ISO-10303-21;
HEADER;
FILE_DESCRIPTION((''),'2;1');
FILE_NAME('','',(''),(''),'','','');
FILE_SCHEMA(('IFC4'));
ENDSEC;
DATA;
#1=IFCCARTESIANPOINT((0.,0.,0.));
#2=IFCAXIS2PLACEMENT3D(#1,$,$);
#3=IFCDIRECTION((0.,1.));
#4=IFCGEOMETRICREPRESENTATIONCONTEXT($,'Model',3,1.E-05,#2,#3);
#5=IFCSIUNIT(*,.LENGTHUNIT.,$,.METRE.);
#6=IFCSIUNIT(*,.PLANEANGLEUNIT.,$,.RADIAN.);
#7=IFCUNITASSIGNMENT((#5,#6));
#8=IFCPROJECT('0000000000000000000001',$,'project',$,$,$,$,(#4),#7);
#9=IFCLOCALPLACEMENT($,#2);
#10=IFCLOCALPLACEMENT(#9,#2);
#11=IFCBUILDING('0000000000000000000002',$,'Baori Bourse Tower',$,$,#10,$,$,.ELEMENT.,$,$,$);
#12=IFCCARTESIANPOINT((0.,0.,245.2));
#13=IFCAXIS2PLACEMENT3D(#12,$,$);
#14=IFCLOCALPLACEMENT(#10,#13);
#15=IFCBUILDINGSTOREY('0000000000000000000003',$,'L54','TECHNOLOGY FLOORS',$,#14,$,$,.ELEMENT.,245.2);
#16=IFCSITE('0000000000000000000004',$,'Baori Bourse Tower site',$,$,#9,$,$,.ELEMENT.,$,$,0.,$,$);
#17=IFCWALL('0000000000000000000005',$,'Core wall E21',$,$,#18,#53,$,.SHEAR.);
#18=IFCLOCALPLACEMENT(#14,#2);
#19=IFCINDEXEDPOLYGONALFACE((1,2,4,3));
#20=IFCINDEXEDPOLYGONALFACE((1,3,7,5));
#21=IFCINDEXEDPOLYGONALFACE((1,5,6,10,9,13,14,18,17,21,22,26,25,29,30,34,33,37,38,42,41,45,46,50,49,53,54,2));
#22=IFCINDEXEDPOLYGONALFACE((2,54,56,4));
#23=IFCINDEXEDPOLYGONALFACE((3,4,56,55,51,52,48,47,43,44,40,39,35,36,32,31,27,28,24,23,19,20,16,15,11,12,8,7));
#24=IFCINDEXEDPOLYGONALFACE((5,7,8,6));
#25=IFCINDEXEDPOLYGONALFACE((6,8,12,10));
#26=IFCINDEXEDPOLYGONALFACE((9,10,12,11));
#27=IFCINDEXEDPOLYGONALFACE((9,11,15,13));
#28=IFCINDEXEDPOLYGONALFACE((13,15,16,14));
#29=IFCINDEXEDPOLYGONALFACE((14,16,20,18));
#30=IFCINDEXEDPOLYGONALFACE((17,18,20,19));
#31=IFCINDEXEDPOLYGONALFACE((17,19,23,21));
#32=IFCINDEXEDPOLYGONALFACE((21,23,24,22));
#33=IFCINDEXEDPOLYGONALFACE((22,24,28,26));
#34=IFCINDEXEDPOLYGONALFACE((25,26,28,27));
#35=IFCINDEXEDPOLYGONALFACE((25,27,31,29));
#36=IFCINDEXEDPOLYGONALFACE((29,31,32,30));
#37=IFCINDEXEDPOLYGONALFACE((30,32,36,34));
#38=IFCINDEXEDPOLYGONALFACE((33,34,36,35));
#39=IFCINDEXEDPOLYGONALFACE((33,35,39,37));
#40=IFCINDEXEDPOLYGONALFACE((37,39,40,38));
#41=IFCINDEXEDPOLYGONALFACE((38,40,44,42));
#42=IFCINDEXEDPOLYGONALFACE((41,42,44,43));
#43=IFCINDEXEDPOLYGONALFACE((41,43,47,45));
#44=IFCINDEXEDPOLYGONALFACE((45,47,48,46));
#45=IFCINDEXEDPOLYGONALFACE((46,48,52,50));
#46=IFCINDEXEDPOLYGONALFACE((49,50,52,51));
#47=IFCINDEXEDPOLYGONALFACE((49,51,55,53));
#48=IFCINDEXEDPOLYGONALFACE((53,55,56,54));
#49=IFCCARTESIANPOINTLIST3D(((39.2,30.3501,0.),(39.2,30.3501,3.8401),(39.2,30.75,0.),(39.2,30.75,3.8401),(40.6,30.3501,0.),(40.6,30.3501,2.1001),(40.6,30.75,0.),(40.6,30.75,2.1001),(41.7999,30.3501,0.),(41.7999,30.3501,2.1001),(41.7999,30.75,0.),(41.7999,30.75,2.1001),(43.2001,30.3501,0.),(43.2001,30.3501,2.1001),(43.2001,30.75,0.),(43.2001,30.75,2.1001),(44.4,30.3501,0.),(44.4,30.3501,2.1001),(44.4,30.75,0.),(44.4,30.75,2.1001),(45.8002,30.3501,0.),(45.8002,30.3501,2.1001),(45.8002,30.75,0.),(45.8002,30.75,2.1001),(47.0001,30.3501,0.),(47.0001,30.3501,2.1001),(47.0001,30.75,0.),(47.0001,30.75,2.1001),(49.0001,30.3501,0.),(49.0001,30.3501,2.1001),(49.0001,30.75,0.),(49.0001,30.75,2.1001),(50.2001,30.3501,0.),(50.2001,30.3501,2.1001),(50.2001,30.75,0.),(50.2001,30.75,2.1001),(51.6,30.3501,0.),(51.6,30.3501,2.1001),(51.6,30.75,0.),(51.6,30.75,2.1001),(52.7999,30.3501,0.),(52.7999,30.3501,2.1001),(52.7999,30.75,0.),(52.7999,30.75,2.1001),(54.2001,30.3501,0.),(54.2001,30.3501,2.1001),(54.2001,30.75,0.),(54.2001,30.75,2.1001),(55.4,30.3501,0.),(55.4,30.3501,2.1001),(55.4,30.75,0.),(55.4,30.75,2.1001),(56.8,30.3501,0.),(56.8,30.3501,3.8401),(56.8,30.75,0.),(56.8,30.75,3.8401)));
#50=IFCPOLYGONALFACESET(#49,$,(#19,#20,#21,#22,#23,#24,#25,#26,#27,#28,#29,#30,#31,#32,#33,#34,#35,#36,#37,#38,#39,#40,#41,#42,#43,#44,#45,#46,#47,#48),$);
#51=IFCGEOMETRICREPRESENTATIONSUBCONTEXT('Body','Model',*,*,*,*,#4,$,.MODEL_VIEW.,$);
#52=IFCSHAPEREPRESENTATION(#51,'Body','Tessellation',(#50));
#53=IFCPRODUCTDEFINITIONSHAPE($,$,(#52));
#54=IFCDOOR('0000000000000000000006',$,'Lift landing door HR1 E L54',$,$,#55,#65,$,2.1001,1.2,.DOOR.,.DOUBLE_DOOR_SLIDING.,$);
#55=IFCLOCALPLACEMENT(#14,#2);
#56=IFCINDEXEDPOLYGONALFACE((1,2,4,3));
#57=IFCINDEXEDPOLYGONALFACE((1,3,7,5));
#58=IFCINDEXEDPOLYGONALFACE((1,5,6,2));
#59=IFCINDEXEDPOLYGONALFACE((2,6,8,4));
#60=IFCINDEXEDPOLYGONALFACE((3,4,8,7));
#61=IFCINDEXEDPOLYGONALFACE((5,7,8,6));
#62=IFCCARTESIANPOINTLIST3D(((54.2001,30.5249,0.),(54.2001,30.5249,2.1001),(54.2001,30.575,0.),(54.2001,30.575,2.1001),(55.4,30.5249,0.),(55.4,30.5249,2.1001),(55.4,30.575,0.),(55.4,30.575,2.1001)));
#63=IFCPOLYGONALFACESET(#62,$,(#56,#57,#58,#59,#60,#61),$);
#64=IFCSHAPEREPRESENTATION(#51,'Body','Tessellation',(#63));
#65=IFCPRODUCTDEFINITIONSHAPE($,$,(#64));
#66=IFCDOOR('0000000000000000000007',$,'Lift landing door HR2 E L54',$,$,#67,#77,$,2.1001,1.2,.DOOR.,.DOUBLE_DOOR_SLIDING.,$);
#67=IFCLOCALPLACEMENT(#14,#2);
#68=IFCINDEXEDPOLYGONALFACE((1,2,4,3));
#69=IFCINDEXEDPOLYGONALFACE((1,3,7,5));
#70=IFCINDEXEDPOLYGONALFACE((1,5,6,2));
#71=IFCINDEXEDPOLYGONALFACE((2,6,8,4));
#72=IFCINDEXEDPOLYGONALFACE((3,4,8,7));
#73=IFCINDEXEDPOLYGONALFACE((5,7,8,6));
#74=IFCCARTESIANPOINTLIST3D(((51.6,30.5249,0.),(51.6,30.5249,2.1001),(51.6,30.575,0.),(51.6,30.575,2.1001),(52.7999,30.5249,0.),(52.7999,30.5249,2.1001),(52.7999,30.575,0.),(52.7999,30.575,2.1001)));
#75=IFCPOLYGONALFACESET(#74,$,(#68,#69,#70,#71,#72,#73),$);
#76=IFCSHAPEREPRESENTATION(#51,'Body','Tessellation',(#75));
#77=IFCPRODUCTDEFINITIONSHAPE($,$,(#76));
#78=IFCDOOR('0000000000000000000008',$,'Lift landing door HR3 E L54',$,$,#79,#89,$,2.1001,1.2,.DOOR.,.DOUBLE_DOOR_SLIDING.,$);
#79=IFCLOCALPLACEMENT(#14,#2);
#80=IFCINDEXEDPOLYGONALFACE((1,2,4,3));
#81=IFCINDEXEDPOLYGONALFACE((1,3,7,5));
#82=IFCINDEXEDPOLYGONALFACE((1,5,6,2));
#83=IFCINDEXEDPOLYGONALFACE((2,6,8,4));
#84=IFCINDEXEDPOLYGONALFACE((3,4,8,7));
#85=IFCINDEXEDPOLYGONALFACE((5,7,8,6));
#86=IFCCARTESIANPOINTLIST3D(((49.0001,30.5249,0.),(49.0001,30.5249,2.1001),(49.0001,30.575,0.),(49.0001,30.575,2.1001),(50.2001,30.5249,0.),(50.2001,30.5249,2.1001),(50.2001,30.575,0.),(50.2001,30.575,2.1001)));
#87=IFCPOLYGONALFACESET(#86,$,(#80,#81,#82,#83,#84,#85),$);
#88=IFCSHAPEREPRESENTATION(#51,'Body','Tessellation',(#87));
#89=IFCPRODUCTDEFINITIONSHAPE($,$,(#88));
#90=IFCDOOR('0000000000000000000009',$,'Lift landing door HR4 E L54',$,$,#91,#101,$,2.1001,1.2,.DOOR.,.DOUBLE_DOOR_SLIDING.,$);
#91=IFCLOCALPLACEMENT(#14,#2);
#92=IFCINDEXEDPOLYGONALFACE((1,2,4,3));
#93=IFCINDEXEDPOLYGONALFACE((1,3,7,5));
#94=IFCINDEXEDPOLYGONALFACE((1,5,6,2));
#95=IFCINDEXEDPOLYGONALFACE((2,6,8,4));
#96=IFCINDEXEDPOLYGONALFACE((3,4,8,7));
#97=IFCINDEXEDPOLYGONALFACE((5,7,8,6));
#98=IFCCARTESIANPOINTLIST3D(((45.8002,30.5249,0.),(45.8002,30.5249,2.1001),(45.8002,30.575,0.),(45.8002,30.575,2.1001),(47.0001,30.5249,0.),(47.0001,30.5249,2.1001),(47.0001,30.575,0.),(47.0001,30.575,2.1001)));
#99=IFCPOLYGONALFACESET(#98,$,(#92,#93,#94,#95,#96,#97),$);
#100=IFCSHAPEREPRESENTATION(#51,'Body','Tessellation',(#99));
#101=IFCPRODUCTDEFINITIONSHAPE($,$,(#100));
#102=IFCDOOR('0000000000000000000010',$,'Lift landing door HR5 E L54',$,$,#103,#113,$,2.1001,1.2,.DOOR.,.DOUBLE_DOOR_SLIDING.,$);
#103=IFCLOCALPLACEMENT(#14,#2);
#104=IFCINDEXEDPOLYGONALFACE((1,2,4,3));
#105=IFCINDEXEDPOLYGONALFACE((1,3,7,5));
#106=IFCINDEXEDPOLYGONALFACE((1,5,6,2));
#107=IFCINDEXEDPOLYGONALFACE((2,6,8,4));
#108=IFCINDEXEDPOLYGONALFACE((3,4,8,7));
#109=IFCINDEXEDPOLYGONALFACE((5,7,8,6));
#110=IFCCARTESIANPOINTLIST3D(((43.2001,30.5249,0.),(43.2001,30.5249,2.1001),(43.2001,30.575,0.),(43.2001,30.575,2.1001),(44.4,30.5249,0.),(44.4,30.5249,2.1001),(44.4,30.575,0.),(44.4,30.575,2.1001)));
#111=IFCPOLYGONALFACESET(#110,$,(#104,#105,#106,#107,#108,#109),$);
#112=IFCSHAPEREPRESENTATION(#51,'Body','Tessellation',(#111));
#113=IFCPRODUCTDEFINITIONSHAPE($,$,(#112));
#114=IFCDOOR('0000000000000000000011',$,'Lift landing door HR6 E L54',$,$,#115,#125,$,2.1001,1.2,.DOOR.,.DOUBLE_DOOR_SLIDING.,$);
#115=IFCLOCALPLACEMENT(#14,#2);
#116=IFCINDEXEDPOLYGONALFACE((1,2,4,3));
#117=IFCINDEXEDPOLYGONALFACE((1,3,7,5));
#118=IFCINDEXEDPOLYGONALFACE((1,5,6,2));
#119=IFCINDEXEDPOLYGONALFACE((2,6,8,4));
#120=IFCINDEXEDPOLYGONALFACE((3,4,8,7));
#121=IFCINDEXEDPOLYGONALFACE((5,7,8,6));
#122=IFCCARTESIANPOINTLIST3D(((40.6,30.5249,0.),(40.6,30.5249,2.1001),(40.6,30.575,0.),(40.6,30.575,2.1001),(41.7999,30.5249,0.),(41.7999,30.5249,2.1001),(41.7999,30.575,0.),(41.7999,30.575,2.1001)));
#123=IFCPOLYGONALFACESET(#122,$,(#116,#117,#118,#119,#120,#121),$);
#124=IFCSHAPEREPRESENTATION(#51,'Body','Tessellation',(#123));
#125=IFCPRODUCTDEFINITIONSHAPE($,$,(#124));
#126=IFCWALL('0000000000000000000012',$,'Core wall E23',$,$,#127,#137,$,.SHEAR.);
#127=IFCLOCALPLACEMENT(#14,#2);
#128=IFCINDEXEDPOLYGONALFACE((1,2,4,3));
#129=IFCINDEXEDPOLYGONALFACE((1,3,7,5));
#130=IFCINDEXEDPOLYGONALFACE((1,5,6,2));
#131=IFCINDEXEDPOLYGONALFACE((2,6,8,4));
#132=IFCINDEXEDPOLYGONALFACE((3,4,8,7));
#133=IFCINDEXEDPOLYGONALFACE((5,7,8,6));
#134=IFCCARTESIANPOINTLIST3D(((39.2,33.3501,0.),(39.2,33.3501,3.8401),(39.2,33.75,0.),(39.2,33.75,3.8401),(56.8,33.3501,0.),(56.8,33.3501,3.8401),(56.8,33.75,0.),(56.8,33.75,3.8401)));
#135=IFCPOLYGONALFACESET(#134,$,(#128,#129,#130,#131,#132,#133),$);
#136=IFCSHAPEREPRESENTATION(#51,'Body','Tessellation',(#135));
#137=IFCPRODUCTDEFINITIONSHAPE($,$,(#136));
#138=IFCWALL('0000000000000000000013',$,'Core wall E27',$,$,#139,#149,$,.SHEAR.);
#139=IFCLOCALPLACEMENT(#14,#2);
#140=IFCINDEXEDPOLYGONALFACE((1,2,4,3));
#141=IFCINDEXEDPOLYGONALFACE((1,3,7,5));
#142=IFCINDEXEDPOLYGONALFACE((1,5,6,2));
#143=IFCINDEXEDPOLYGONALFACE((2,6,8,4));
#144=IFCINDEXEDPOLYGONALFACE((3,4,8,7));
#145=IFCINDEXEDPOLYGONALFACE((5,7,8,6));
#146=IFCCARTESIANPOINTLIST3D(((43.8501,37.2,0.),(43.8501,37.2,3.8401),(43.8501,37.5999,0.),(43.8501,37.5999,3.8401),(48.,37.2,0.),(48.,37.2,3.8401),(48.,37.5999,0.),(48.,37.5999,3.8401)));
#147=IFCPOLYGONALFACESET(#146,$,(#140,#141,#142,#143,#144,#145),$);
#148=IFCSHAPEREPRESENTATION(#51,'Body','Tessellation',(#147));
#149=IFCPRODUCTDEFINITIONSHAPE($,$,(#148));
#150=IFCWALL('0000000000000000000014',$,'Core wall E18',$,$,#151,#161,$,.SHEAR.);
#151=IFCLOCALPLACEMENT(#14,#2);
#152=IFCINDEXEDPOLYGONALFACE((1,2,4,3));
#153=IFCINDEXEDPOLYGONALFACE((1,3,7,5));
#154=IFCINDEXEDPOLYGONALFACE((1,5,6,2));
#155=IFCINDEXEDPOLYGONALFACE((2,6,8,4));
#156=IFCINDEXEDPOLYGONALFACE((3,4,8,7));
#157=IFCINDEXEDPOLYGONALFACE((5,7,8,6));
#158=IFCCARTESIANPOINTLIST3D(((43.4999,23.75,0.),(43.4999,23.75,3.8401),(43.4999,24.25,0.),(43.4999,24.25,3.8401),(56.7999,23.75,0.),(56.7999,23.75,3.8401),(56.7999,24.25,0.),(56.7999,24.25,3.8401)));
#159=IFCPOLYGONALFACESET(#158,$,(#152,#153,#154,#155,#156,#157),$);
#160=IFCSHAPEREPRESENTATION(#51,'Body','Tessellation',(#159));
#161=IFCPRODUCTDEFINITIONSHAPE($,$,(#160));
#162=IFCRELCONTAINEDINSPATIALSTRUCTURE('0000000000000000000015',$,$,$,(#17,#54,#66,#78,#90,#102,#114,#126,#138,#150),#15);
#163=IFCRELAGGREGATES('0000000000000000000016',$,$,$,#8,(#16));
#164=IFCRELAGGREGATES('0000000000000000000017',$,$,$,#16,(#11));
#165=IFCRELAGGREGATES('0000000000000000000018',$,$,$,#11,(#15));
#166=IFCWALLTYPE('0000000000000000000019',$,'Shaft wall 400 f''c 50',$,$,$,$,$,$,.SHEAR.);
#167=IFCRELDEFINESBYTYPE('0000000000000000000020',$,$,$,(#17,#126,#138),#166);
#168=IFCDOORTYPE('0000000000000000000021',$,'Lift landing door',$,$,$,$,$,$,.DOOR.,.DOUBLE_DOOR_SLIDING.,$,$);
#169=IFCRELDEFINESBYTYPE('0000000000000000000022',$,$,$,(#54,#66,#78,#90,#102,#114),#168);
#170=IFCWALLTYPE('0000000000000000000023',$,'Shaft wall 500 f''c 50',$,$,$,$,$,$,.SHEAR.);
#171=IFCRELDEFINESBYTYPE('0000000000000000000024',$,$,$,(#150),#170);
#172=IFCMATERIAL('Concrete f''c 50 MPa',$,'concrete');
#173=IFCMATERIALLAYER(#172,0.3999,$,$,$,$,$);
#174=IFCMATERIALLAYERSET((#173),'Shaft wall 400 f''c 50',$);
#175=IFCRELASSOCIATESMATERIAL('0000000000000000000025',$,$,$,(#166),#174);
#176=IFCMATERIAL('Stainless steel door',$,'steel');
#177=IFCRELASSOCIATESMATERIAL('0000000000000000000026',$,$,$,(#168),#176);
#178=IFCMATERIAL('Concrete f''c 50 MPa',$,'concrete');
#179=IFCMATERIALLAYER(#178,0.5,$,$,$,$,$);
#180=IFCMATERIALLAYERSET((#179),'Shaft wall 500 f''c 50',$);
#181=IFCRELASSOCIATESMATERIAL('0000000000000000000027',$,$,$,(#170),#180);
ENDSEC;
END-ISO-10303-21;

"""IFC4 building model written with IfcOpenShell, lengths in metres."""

from ifc_helpers import new_model, si_unit, direction, frame, frame_2d, origin, place, context, subcontext, project, spatial, rectangle, extrude, material, layer, layer_set, type_object, element, fill, save


model = new_model("IFC4")

# Units and contexts
model_context = context("Model", 3, precision=1e-05, world=origin(), true_north=direction((0.0, 1.0)))
body_context = subcontext(model_context, "Body", "Model", "MODEL_VIEW")
ifc_project = project(units=[si_unit("LENGTHUNIT", "METRE"), si_unit("PLANEANGLEUNIT", "RADIAN")], contexts=[model_context])

# Site, building, storey
site_placement = place(None, origin())
site = spatial("IfcSite", under=ifc_project, at=site_placement, Name="Baori Bourse Tower site", CompositionType="ELEMENT", RefElevation=0.0)
building_placement = place(site_placement, origin())
building = spatial("IfcBuilding", under=site, at=building_placement, Name="Baori Bourse Tower", CompositionType="ELEMENT")
storey_placement = place(building_placement, frame((0.0, 0.0, 245.2)))
storey = spatial("IfcBuildingStorey", under=building, at=storey_placement, Name="L54", Description="TECHNOLOGY FLOORS", CompositionType="ELEMENT", Elevation=245.2)

# Wall, openings, doors
ifc_material_1 = material(Name="Concrete f'c 50 MPa", Category="concrete")
ifc_layer_1 = layer(ifc_material_1, 0.3999)
ifc_layer_set_1 = layer_set([ifc_layer_1], Name="Shaft wall 400 f'c 50")
wall_type_1 = type_object("IfcWallType", Name="Shaft wall 400 f'c 50", PredefinedType="SHEAR", material=ifc_layer_set_1)
ifc_material_2 = material(Name="Stainless steel door", Category="steel")
door_type_1 = type_object("IfcDoorType", Name="Lift landing door", OperationType="DOUBLE_DOOR_SLIDING", PredefinedType="DOOR", material=ifc_material_2)
wall_1_placement = place(storey_placement, frame((39.2, 30.55, 0.0), z_axis=(0.0, 0.0, 1.0), x_axis=(1.0, 0.0, 0.0)))
wall_1 = element("IfcWall", 1, at=wall_1_placement, inside=storey, type_object=wall_type_1, Name="Core wall E21", PredefinedType="SHEAR", context=body_context, shape_type="SweptSolid", body=[
    extrude(rectangle(XDim=17.6001, YDim=0.3999, at=frame_2d((8.8, 0.0))), origin(), (0.0, 0.0, 1.0), 3.8401),
])
opening_1_placement = place(wall_1_placement, frame((15.0, 0.0, 0.0)))
opening_1 = element("IfcOpeningElement", 2, at=opening_1_placement, cuts=wall_1, PredefinedType="OPENING", context=body_context, shape_type="SweptSolid", body=[
    extrude(rectangle(XDim=1.2, YDim=2.1001, at=frame_2d((0.6001, 1.05))), frame((0.0, 0.21, 0.0), z_axis=(0.0, -1.0, 0.0), x_axis=(1.0, 0.0, 0.0)), (0.0, 0.0, 1.0), 0.4199),
])
opening_2_placement = place(wall_1_placement, frame((12.3999, 0.0, 0.0)))
opening_2 = element("IfcOpeningElement", 3, at=opening_2_placement, cuts=wall_1, PredefinedType="OPENING", context=body_context, shape_type="SweptSolid", body=[
    extrude(rectangle(XDim=1.2, YDim=2.1001, at=frame_2d((0.6001, 1.05))), frame((0.0, 0.21, 0.0), z_axis=(0.0, -1.0, 0.0), x_axis=(1.0, 0.0, 0.0)), (0.0, 0.0, 1.0), 0.4199),
])
opening_3_placement = place(wall_1_placement, frame((9.8, 0.0, 0.0)))
opening_3 = element("IfcOpeningElement", 4, at=opening_3_placement, cuts=wall_1, PredefinedType="OPENING", context=body_context, shape_type="SweptSolid", body=[
    extrude(rectangle(XDim=1.2, YDim=2.1001, at=frame_2d((0.6001, 1.05))), frame((0.0, 0.21, 0.0), z_axis=(0.0, -1.0, 0.0), x_axis=(1.0, 0.0, 0.0)), (0.0, 0.0, 1.0), 0.4199),
])
opening_4_placement = place(wall_1_placement, frame((6.6001, 0.0, 0.0)))
opening_4 = element("IfcOpeningElement", 5, at=opening_4_placement, cuts=wall_1, PredefinedType="OPENING", context=body_context, shape_type="SweptSolid", body=[
    extrude(rectangle(XDim=1.2, YDim=2.1001, at=frame_2d((0.6001, 1.05))), frame((0.0, 0.21, 0.0), z_axis=(0.0, -1.0, 0.0), x_axis=(1.0, 0.0, 0.0)), (0.0, 0.0, 1.0), 0.4199),
])
opening_5_placement = place(wall_1_placement, frame((4.0, 0.0, 0.0)))
opening_5 = element("IfcOpeningElement", 6, at=opening_5_placement, cuts=wall_1, PredefinedType="OPENING", context=body_context, shape_type="SweptSolid", body=[
    extrude(rectangle(XDim=1.2, YDim=2.1001, at=frame_2d((0.6001, 1.05))), frame((0.0, 0.21, 0.0), z_axis=(0.0, -1.0, 0.0), x_axis=(1.0, 0.0, 0.0)), (0.0, 0.0, 1.0), 0.4199),
])
opening_6_placement = place(wall_1_placement, frame((1.3999, 0.0, 0.0)))
opening_6 = element("IfcOpeningElement", 7, at=opening_6_placement, cuts=wall_1, PredefinedType="OPENING", context=body_context, shape_type="SweptSolid", body=[
    extrude(rectangle(XDim=1.2, YDim=2.1001, at=frame_2d((0.6001, 1.05))), frame((0.0, 0.21, 0.0), z_axis=(0.0, -1.0, 0.0), x_axis=(1.0, 0.0, 0.0)), (0.0, 0.0, 1.0), 0.4199),
])
door_1_placement = place(opening_1_placement, origin())
door_1 = element("IfcDoor", 8, at=door_1_placement, inside=storey, type_object=door_type_1, Name="Lift landing door HR1 E L54", OperationType="DOUBLE_DOOR_SLIDING", OverallHeight=2.1001, OverallWidth=1.2, PredefinedType="DOOR", context=body_context, shape_type="SweptSolid", body=[
    extrude(rectangle(XDim=1.2, YDim=2.1001, at=frame_2d((0.6001, 1.05))), frame((0.0, 0.0249, 0.0), z_axis=(0.0, -1.0, 0.0), x_axis=(1.0, 0.0, 0.0)), (0.0, 0.0, 1.0), 0.05),
])
fill(opening_1, door_1)
door_2_placement = place(opening_2_placement, origin())
door_2 = element("IfcDoor", 9, at=door_2_placement, inside=storey, type_object=door_type_1, Name="Lift landing door HR2 E L54", OperationType="DOUBLE_DOOR_SLIDING", OverallHeight=2.1001, OverallWidth=1.2, PredefinedType="DOOR", context=body_context, shape_type="SweptSolid", body=[
    extrude(rectangle(XDim=1.2, YDim=2.1001, at=frame_2d((0.6001, 1.05))), frame((0.0, 0.0249, 0.0), z_axis=(0.0, -1.0, 0.0), x_axis=(1.0, 0.0, 0.0)), (0.0, 0.0, 1.0), 0.05),
])
fill(opening_2, door_2)
door_3_placement = place(opening_3_placement, origin())
door_3 = element("IfcDoor", 10, at=door_3_placement, inside=storey, type_object=door_type_1, Name="Lift landing door HR3 E L54", OperationType="DOUBLE_DOOR_SLIDING", OverallHeight=2.1001, OverallWidth=1.2, PredefinedType="DOOR", context=body_context, shape_type="SweptSolid", body=[
    extrude(rectangle(XDim=1.2, YDim=2.1001, at=frame_2d((0.6001, 1.05))), frame((0.0, 0.0249, 0.0), z_axis=(0.0, -1.0, 0.0), x_axis=(1.0, 0.0, 0.0)), (0.0, 0.0, 1.0), 0.05),
])
fill(opening_3, door_3)
door_4_placement = place(opening_4_placement, origin())
door_4 = element("IfcDoor", 11, at=door_4_placement, inside=storey, type_object=door_type_1, Name="Lift landing door HR4 E L54", OperationType="DOUBLE_DOOR_SLIDING", OverallHeight=2.1001, OverallWidth=1.2, PredefinedType="DOOR", context=body_context, shape_type="SweptSolid", body=[
    extrude(rectangle(XDim=1.2, YDim=2.1001, at=frame_2d((0.6001, 1.05))), frame((0.0, 0.0249, 0.0), z_axis=(0.0, -1.0, 0.0), x_axis=(1.0, 0.0, 0.0)), (0.0, 0.0, 1.0), 0.05),
])
fill(opening_4, door_4)
door_5_placement = place(opening_5_placement, origin())
door_5 = element("IfcDoor", 12, at=door_5_placement, inside=storey, type_object=door_type_1, Name="Lift landing door HR5 E L54", OperationType="DOUBLE_DOOR_SLIDING", OverallHeight=2.1001, OverallWidth=1.2, PredefinedType="DOOR", context=body_context, shape_type="SweptSolid", body=[
    extrude(rectangle(XDim=1.2, YDim=2.1001, at=frame_2d((0.6001, 1.05))), frame((0.0, 0.0249, 0.0), z_axis=(0.0, -1.0, 0.0), x_axis=(1.0, 0.0, 0.0)), (0.0, 0.0, 1.0), 0.05),
])
fill(opening_5, door_5)
door_6_placement = place(opening_6_placement, origin())
door_6 = element("IfcDoor", 13, at=door_6_placement, inside=storey, type_object=door_type_1, Name="Lift landing door HR6 E L54", OperationType="DOUBLE_DOOR_SLIDING", OverallHeight=2.1001, OverallWidth=1.2, PredefinedType="DOOR", context=body_context, shape_type="SweptSolid", body=[
    extrude(rectangle(XDim=1.2, YDim=2.1001, at=frame_2d((0.6001, 1.05))), frame((0.0, 0.0249, 0.0), z_axis=(0.0, -1.0, 0.0), x_axis=(1.0, 0.0, 0.0)), (0.0, 0.0, 1.0), 0.05),
])
fill(opening_6, door_6)

# Walls
wall_2_placement = place(storey_placement, frame((39.2, 33.55, 0.0), z_axis=(0.0, 0.0, 1.0), x_axis=(1.0, 0.0, 0.0)))
element("IfcWall", 14, at=wall_2_placement, inside=storey, type_object=wall_type_1, Name="Core wall E23", PredefinedType="SHEAR", context=body_context, shape_type="SweptSolid", body=[
    extrude(rectangle(XDim=17.6001, YDim=0.3999, at=frame_2d((8.8, 0.0))), origin(), (0.0, 0.0, 1.0), 3.8401),
])
wall_3_placement = place(storey_placement, frame((43.8501, 37.3999, 0.0), z_axis=(0.0, 0.0, 1.0), x_axis=(1.0, 0.0, 0.0)))
element("IfcWall", 15, at=wall_3_placement, inside=storey, type_object=wall_type_1, Name="Core wall E27", PredefinedType="SHEAR", context=body_context, shape_type="SweptSolid", body=[
    extrude(rectangle(XDim=4.1499, YDim=0.3999, at=frame_2d((2.075, 0.0))), origin(), (0.0, 0.0, 1.0), 3.8401),
])
ifc_material_3 = material(Name="Concrete f'c 50 MPa", Category="concrete")
ifc_layer_2 = layer(ifc_material_3, 0.5)
ifc_layer_set_2 = layer_set([ifc_layer_2], Name="Shaft wall 500 f'c 50")
wall_type_2 = type_object("IfcWallType", Name="Shaft wall 500 f'c 50", PredefinedType="SHEAR", material=ifc_layer_set_2)
wall_4_placement = place(storey_placement, frame((43.5, 24.0, 0.0), z_axis=(0.0, 0.0, 1.0), x_axis=(1.0, 0.0, 0.0)))
element("IfcWall", 16, at=wall_4_placement, inside=storey, type_object=wall_type_2, Name="Core wall E18", PredefinedType="SHEAR", context=body_context, shape_type="SweptSolid", body=[
    extrude(rectangle(XDim=13.3, YDim=0.5, at=frame_2d((6.6499, 0.0))), origin(), (0.0, 0.0, 1.0), 3.8401),
])

save(model, "model.ifc")
